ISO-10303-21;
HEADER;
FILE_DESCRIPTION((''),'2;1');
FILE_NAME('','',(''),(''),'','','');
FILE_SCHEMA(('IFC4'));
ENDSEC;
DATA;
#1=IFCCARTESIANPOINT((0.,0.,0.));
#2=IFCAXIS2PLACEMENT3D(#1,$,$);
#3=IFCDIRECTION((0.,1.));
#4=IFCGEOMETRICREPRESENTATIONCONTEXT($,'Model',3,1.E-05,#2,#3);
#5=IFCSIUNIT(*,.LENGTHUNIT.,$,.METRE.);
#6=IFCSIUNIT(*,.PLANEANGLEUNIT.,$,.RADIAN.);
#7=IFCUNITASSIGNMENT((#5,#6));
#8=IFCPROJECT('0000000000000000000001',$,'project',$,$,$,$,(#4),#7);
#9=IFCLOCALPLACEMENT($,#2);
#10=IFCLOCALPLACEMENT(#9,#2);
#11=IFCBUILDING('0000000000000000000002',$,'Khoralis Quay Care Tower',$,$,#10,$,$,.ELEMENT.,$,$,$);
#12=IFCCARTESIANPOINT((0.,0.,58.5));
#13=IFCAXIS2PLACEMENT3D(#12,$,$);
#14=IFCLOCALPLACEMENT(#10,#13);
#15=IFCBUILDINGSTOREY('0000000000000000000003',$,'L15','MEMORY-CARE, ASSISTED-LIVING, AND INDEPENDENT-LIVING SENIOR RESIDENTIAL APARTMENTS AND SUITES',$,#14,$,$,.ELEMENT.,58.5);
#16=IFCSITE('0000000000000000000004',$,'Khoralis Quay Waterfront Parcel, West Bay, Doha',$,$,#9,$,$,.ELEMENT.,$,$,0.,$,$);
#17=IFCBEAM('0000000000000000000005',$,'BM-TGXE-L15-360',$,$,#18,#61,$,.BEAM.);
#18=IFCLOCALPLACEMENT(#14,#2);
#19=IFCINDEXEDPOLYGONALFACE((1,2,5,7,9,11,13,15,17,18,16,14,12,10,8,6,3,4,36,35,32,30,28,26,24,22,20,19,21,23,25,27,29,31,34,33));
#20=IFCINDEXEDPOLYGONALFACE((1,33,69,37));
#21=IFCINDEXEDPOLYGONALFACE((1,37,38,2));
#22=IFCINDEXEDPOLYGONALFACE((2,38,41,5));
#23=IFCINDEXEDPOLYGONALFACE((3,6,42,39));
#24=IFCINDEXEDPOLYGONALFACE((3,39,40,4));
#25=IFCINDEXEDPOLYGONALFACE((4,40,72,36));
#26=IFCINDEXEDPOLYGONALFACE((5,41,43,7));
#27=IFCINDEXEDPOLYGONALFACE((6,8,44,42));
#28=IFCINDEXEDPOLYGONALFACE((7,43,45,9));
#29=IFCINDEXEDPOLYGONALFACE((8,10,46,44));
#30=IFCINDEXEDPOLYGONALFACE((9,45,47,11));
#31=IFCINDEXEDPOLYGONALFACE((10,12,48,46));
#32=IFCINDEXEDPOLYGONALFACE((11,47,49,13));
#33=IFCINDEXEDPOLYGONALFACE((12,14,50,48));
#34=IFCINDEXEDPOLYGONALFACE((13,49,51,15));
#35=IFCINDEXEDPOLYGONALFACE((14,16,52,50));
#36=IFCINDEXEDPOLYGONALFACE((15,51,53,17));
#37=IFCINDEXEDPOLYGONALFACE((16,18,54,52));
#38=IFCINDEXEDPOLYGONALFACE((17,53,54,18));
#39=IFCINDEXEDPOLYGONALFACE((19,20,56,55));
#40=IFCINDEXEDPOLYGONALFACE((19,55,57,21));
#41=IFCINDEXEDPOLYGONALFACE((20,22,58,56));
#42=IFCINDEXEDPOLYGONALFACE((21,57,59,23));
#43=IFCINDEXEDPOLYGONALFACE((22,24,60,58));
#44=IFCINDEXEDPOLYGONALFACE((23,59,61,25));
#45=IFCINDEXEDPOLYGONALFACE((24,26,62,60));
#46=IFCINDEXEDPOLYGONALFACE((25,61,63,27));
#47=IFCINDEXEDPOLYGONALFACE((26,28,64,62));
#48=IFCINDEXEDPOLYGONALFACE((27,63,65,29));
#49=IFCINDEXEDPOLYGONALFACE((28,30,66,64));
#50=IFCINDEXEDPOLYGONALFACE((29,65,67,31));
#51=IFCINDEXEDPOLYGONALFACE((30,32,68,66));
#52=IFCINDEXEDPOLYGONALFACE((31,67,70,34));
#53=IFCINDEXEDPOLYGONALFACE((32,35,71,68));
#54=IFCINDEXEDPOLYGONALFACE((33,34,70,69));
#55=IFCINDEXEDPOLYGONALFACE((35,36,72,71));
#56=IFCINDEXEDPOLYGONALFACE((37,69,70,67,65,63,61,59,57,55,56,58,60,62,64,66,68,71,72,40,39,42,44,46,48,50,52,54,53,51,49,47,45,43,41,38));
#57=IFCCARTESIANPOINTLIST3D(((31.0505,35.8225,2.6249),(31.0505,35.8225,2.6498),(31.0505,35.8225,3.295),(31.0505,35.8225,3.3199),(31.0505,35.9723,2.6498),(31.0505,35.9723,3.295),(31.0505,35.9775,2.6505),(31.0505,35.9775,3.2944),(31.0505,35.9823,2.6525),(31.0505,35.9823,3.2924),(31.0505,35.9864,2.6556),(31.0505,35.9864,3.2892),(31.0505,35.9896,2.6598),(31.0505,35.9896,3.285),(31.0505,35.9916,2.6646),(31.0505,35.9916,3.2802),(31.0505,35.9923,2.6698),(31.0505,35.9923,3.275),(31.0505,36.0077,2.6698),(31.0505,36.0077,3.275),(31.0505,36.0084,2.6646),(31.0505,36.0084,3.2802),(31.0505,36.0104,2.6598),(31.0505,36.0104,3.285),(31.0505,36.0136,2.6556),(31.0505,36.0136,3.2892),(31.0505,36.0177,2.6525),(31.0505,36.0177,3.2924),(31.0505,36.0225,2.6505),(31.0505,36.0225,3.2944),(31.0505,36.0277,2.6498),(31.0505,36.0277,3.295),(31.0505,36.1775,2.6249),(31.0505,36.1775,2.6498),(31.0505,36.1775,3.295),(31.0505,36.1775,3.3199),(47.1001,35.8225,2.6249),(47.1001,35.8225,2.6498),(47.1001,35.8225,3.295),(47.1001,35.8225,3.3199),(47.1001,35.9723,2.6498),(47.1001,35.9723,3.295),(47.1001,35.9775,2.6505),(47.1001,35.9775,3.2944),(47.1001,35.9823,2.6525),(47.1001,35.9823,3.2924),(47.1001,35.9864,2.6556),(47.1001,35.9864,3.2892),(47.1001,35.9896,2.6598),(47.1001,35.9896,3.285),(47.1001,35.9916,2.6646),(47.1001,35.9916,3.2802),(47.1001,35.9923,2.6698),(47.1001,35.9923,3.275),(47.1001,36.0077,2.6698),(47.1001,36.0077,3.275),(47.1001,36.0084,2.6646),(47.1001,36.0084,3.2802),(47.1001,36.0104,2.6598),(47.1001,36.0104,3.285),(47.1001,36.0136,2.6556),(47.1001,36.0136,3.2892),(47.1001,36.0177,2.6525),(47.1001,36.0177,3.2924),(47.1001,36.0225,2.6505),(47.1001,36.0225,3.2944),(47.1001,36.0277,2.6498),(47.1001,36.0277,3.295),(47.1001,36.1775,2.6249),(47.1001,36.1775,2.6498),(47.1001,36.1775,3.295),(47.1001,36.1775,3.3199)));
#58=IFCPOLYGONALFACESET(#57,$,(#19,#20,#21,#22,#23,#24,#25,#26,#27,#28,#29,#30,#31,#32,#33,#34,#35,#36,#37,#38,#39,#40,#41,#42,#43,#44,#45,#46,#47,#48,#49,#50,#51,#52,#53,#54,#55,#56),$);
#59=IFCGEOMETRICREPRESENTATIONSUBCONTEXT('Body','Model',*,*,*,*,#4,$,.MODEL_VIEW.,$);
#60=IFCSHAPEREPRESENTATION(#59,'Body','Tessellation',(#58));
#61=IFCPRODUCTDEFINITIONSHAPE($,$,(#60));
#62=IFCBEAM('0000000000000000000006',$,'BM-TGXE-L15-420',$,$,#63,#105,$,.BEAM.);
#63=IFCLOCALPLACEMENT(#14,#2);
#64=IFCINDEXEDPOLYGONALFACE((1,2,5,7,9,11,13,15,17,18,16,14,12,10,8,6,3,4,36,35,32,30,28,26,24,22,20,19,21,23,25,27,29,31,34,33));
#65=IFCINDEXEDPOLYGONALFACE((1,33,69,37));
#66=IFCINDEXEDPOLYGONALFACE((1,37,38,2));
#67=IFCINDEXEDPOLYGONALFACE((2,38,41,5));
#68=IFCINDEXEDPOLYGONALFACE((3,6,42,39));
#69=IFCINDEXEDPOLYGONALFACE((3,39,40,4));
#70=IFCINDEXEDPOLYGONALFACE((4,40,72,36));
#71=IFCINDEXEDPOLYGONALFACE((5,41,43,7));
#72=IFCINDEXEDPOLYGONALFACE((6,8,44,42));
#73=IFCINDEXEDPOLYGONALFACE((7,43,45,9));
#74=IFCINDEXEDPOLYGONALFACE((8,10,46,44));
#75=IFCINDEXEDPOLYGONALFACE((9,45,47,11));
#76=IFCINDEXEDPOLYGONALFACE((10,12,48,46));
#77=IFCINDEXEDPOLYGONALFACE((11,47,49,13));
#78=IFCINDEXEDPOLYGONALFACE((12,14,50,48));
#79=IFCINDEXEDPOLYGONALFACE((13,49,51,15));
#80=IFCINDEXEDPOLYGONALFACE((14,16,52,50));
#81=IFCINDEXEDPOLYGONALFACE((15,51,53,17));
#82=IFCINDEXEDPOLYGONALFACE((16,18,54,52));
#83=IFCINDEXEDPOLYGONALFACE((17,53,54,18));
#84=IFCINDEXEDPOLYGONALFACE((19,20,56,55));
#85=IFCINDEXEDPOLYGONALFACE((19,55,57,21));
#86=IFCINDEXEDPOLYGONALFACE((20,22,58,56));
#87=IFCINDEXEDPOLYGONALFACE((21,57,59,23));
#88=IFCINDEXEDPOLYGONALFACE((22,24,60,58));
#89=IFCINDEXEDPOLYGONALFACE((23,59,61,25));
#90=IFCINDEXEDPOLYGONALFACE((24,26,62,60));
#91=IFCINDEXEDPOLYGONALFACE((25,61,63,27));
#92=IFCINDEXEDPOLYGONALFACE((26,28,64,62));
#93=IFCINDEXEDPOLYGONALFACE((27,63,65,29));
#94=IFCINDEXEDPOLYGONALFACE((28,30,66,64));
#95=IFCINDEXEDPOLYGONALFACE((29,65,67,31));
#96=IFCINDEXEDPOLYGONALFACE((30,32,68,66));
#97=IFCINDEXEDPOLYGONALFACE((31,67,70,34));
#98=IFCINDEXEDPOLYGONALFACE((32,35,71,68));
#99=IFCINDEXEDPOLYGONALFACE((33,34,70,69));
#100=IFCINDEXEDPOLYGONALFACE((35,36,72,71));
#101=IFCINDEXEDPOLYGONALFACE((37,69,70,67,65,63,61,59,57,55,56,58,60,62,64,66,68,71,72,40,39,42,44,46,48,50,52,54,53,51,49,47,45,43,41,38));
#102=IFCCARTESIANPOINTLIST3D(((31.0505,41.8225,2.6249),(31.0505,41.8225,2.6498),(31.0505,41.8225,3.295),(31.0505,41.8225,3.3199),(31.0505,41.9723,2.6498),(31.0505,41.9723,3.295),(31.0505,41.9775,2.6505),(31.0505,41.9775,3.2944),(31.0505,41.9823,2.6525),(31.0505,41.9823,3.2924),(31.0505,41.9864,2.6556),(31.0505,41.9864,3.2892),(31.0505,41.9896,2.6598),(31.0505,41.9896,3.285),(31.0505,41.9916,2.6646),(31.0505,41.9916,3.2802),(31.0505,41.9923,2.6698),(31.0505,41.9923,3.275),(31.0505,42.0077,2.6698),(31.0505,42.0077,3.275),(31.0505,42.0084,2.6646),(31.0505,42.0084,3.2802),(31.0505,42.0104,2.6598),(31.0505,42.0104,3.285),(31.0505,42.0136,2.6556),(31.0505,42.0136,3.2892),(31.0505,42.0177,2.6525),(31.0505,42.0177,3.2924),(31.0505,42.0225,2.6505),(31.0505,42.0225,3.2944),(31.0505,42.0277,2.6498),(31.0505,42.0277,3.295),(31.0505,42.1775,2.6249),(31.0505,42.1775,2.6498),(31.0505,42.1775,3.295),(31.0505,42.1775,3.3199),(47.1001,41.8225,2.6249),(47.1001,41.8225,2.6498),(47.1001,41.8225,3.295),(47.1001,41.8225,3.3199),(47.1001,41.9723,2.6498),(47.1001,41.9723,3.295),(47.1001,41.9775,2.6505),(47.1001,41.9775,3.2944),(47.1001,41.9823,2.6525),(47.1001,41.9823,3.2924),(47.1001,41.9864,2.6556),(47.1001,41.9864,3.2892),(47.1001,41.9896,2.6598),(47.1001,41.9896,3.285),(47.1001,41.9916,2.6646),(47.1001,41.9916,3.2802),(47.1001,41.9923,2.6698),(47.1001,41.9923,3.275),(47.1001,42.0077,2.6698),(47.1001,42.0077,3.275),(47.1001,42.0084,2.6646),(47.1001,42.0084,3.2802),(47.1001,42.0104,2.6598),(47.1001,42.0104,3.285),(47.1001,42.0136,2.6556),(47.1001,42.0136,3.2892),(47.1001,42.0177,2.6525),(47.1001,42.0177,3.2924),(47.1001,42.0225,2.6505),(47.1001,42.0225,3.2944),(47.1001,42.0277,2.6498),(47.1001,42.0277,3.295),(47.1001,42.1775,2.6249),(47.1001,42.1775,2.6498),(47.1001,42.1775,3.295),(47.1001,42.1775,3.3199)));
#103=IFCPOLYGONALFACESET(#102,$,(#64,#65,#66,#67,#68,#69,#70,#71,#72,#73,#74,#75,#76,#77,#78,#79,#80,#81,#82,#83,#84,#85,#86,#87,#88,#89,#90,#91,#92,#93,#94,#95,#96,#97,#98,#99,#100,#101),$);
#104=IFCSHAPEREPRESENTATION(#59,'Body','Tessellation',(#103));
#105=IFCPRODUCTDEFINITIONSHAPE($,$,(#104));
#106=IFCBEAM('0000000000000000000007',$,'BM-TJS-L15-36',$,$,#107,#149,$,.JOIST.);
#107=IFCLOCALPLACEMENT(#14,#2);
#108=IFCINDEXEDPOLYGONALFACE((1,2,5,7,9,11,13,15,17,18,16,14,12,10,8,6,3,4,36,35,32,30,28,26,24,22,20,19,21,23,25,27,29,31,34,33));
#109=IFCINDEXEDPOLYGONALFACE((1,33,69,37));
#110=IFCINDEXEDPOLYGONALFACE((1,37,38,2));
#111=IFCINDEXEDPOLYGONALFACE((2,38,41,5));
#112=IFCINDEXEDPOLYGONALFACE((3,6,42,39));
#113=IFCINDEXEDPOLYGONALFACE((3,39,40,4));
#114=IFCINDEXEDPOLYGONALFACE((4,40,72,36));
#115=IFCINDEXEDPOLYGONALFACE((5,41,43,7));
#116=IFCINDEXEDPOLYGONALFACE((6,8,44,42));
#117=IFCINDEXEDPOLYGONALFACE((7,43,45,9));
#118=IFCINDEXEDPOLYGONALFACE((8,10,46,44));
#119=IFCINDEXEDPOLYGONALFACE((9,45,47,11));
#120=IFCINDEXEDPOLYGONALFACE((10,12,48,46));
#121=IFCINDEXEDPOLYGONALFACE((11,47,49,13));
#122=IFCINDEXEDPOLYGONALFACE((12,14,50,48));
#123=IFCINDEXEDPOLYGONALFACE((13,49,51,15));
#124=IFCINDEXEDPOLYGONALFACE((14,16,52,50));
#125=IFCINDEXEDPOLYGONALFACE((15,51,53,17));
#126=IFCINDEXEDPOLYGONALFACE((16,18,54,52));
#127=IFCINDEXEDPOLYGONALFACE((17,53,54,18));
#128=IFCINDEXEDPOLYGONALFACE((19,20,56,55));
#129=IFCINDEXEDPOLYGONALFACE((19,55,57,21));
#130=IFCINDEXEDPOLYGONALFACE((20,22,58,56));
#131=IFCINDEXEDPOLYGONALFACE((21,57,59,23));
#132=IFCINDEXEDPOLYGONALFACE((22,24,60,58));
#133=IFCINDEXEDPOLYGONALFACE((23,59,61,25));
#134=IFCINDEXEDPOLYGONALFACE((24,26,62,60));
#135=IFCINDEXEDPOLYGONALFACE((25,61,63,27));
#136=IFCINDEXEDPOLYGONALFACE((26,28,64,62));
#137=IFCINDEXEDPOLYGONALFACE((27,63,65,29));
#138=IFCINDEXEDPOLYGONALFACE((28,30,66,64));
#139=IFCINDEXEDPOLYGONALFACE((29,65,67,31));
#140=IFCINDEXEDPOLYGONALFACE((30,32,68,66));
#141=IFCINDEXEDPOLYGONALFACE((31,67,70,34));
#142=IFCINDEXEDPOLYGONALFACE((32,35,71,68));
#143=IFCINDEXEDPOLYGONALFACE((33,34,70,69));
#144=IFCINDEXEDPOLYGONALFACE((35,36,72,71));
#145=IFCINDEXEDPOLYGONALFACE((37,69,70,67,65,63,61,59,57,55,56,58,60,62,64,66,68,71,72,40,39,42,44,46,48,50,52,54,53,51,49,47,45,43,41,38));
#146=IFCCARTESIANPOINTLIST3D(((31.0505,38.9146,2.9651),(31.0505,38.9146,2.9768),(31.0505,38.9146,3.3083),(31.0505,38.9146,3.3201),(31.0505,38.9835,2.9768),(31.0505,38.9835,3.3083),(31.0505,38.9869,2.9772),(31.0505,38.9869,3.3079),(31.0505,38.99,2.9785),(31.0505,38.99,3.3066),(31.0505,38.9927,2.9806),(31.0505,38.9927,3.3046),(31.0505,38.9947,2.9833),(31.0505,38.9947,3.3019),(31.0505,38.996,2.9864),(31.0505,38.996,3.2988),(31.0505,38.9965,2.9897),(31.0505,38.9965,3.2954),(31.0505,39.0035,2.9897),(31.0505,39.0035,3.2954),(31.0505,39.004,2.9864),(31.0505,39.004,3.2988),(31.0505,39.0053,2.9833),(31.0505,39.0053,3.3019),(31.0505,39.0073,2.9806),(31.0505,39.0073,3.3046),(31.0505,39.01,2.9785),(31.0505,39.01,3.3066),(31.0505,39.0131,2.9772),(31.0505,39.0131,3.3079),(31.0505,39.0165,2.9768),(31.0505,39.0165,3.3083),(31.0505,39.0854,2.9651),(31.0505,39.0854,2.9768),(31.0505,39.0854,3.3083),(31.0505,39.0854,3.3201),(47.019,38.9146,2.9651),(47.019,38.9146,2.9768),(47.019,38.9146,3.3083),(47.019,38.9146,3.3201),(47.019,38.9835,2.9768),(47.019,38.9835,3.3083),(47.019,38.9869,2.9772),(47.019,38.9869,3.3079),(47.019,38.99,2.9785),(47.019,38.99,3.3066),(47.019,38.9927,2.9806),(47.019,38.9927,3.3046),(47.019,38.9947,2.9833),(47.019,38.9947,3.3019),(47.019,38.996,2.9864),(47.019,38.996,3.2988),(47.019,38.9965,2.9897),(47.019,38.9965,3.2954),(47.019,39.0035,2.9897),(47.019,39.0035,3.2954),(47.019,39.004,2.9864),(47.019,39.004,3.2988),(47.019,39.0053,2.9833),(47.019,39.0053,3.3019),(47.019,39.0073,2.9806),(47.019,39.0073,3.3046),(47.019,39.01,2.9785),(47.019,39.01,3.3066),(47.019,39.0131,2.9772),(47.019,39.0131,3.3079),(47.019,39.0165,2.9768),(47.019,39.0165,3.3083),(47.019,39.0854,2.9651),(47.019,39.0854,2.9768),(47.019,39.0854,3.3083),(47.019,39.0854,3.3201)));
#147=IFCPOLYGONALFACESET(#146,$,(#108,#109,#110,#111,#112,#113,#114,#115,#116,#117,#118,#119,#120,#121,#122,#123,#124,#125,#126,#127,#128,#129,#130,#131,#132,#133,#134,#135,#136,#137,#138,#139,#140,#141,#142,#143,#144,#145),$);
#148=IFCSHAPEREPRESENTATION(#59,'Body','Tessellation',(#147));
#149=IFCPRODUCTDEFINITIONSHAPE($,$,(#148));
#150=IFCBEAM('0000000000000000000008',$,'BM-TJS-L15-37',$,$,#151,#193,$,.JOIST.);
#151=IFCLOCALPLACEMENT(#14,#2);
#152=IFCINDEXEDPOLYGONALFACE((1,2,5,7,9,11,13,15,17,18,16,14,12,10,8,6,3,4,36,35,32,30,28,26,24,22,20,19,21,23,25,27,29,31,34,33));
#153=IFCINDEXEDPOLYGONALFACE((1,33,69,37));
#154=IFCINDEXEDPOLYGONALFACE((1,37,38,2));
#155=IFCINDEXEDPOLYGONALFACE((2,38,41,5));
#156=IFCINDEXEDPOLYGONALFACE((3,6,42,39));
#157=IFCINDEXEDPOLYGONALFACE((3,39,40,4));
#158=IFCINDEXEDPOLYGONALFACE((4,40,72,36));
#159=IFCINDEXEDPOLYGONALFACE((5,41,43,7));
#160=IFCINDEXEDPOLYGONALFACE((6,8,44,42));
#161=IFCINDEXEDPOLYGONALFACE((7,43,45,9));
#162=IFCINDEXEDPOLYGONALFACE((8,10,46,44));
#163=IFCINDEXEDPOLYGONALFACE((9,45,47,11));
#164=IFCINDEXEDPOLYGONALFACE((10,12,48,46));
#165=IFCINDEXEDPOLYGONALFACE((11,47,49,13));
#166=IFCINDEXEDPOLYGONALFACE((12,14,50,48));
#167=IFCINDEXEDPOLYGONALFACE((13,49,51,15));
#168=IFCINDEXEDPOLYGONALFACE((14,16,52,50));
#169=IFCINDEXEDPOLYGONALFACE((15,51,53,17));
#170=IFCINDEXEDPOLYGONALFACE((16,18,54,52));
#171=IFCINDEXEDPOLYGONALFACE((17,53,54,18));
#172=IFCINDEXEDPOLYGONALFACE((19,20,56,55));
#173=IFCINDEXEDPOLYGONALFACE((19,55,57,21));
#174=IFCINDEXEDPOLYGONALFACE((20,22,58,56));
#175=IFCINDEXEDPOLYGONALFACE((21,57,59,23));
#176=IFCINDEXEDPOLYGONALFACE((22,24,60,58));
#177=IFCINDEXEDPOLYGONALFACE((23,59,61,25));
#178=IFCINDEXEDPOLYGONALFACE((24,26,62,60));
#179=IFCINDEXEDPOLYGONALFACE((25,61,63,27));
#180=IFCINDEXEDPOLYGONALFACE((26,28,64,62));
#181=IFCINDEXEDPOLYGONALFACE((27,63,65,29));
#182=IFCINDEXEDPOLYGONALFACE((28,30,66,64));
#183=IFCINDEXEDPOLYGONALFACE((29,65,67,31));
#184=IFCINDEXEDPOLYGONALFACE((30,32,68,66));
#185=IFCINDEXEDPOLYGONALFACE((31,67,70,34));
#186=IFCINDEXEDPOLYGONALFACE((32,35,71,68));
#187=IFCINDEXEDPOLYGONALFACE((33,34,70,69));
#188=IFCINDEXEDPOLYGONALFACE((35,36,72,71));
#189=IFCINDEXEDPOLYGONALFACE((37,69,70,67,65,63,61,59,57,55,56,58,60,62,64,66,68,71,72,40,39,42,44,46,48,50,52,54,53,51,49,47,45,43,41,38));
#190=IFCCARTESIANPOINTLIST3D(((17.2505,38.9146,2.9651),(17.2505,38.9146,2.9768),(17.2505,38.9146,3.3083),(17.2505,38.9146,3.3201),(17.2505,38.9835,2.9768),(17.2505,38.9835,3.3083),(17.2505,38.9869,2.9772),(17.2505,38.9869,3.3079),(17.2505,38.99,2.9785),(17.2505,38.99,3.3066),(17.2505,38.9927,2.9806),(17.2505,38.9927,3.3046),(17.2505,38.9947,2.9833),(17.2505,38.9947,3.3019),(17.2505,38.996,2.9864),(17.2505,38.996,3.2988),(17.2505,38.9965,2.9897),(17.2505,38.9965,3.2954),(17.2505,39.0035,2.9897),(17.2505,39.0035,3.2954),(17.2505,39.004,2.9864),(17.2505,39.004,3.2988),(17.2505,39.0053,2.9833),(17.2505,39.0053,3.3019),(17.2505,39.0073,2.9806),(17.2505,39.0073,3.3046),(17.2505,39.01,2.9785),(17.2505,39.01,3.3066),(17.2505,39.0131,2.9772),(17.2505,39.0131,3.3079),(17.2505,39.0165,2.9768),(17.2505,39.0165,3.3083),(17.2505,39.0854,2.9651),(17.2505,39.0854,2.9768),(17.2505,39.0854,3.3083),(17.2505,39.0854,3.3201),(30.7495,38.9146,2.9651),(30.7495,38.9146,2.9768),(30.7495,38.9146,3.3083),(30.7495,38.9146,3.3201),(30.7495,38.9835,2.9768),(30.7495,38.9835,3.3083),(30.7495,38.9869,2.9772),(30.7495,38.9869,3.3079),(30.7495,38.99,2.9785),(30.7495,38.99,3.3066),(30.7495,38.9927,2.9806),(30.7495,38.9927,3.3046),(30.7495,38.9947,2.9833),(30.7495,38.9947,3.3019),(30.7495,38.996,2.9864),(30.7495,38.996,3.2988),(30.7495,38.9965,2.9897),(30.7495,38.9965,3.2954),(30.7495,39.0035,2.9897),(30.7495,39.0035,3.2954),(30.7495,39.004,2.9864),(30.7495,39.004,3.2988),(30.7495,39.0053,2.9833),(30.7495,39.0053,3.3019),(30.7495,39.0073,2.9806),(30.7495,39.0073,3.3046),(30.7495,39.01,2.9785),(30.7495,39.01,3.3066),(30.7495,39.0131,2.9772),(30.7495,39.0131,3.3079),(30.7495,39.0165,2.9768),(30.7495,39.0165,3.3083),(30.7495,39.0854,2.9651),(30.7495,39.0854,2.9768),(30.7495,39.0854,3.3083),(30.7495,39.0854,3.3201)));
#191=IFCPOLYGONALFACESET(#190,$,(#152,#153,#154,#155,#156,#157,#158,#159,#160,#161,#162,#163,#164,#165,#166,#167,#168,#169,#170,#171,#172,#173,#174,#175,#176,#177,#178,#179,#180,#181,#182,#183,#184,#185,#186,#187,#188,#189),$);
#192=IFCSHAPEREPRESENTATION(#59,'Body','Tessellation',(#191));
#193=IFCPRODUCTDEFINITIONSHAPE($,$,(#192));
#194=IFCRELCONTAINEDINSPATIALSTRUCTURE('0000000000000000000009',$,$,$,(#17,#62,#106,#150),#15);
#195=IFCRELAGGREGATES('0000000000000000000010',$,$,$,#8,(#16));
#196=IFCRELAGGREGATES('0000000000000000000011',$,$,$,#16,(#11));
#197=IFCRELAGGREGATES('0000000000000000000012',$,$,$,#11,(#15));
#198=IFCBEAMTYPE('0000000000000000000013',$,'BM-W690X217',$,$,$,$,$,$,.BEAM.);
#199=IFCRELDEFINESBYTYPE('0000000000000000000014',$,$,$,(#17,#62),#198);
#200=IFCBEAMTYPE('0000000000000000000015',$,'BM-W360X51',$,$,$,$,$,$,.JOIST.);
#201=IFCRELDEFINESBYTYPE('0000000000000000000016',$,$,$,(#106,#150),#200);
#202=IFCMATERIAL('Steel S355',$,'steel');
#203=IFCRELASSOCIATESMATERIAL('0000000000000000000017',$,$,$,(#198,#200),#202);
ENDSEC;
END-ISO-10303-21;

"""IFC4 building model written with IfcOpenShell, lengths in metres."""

from ifc_helpers import new_model, si_unit, direction, frame, origin, origin_2d, place, context, subcontext, project, spatial, i_section, extrude, source, transform, mapped, material, material_profile, profile_set, type_object, element, save


model = new_model("IFC4")

# Units and contexts
model_context = context("Model", 3, precision=1e-05, world=origin(), true_north=direction((0.0, 1.0)))
body_context = subcontext(model_context, "Body", "Model", "MODEL_VIEW")
ifc_project = project(units=[si_unit("LENGTHUNIT", "METRE"), si_unit("PLANEANGLEUNIT", "RADIAN")], contexts=[model_context])

# Site, building, storey
site_placement = place(None, origin())
site = spatial("IfcSite", under=ifc_project, at=site_placement, Name="Khoralis Quay Waterfront Parcel, West Bay, Doha", CompositionType="ELEMENT", RefElevation=0.0)
building_placement = place(site_placement, origin())
building = spatial("IfcBuilding", under=site, at=building_placement, Name="Khoralis Quay Care Tower", CompositionType="ELEMENT")
storey_placement = place(building_placement, frame((0.0, 0.0, 58.5)))
storey = spatial("IfcBuildingStorey", under=building, at=storey_placement, Name="L15", Description="MEMORY-CARE, ASSISTED-LIVING, AND INDEPENDENT-LIVING SENIOR RESIDENTIAL APARTMENTS AND SUITES", CompositionType="ELEMENT", Elevation=58.5)

# Beams
ifc_material_1 = material(Name="Steel S355", Category="steel")
ifc_material_profile_1 = material_profile(ifc_material_1, i_section(OverallWidth=0.355, OverallDepth=0.6951, WebThickness=0.0154, FlangeThickness=0.0249, FilletRadius=0.02, at=origin_2d()), Name="Steel S355")
ifc_profile_set_1 = profile_set([ifc_material_profile_1], Name="Steel S355")
beam_type_1 = type_object("IfcBeamType", Name="BM-W690X217", PredefinedType="BEAM", material=ifc_profile_set_1)
shared_shape_1 = source(origin(), body_context, "Body", "SweptSolid", [
    extrude(i_section(OverallWidth=0.355, OverallDepth=0.6951, WebThickness=0.0154, FlangeThickness=0.0249, FilletRadius=0.02, at=origin_2d()), origin(), (0.0, 0.0, 1.0), 16.0496),
])
for number, where, z_axis, x_axis, name in (
    (1, (31.0505, 36.0, 2.9724), (1.0, 0.0, 0.0), (0.0, 1.0, 0.0), "BM-TGXE-L15-360"),
    (2, (31.0505, 42.0, 2.9724), (1.0, 0.0, 0.0), (0.0, 1.0, 0.0), "BM-TGXE-L15-420"),
):
    element("IfcBeam", number, at=place(storey_placement, frame(where, z_axis=z_axis, x_axis=x_axis)), inside=storey, type_object=beam_type_1, Name=name, PredefinedType="BEAM", context=body_context, shape_type="MappedRepresentation", body=[
        mapped(shared_shape_1, transform((0.0, 0.0, 0.0), scale=1.0)),
    ])
ifc_material_profile_2 = material_profile(ifc_material_1, i_section(OverallWidth=0.1709, OverallDepth=0.355, WebThickness=0.0071, FlangeThickness=0.0117, FilletRadius=0.0129, at=origin_2d()), Name="Steel S355")
ifc_profile_set_2 = profile_set([ifc_material_profile_2], Name="Steel S355")
beam_type_2 = type_object("IfcBeamType", Name="BM-W360X51", PredefinedType="JOIST", material=ifc_profile_set_2)
shared_shape_2 = source(origin(), body_context, "Body", "SweptSolid", [
    extrude(i_section(OverallWidth=0.1709, OverallDepth=0.355, WebThickness=0.0071, FlangeThickness=0.0117, FilletRadius=0.0129, at=origin_2d()), origin(), (0.0, 0.0, 1.0), 15.9685),
])
beam_1_placement = place(storey_placement, frame((31.0505, 39.0, 3.1426), z_axis=(1.0, 0.0, 0.0), x_axis=(0.0, 1.0, 0.0)))
element("IfcBeam", 3, at=beam_1_placement, inside=storey, type_object=beam_type_2, Name="BM-TJS-L15-36", PredefinedType="JOIST", context=body_context, shape_type="MappedRepresentation", body=[
    mapped(shared_shape_2, transform((0.0, 0.0, 0.0), scale=1.0)),
])
shared_shape_3 = source(origin(), body_context, "Body", "SweptSolid", [
    extrude(i_section(OverallWidth=0.1709, OverallDepth=0.355, WebThickness=0.0071, FlangeThickness=0.0117, FilletRadius=0.0129, at=origin_2d()), origin(), (0.0, 0.0, 1.0), 13.499),
])
beam_2_placement = place(storey_placement, frame((17.2505, 39.0, 3.1426), z_axis=(1.0, 0.0, 0.0), x_axis=(0.0, 1.0, 0.0)))
element("IfcBeam", 4, at=beam_2_placement, inside=storey, type_object=beam_type_2, Name="BM-TJS-L15-37", PredefinedType="JOIST", context=body_context, shape_type="MappedRepresentation", body=[
    mapped(shared_shape_3, transform((0.0, 0.0, 0.0), scale=1.0)),
])

save(model, "model.ifc")
